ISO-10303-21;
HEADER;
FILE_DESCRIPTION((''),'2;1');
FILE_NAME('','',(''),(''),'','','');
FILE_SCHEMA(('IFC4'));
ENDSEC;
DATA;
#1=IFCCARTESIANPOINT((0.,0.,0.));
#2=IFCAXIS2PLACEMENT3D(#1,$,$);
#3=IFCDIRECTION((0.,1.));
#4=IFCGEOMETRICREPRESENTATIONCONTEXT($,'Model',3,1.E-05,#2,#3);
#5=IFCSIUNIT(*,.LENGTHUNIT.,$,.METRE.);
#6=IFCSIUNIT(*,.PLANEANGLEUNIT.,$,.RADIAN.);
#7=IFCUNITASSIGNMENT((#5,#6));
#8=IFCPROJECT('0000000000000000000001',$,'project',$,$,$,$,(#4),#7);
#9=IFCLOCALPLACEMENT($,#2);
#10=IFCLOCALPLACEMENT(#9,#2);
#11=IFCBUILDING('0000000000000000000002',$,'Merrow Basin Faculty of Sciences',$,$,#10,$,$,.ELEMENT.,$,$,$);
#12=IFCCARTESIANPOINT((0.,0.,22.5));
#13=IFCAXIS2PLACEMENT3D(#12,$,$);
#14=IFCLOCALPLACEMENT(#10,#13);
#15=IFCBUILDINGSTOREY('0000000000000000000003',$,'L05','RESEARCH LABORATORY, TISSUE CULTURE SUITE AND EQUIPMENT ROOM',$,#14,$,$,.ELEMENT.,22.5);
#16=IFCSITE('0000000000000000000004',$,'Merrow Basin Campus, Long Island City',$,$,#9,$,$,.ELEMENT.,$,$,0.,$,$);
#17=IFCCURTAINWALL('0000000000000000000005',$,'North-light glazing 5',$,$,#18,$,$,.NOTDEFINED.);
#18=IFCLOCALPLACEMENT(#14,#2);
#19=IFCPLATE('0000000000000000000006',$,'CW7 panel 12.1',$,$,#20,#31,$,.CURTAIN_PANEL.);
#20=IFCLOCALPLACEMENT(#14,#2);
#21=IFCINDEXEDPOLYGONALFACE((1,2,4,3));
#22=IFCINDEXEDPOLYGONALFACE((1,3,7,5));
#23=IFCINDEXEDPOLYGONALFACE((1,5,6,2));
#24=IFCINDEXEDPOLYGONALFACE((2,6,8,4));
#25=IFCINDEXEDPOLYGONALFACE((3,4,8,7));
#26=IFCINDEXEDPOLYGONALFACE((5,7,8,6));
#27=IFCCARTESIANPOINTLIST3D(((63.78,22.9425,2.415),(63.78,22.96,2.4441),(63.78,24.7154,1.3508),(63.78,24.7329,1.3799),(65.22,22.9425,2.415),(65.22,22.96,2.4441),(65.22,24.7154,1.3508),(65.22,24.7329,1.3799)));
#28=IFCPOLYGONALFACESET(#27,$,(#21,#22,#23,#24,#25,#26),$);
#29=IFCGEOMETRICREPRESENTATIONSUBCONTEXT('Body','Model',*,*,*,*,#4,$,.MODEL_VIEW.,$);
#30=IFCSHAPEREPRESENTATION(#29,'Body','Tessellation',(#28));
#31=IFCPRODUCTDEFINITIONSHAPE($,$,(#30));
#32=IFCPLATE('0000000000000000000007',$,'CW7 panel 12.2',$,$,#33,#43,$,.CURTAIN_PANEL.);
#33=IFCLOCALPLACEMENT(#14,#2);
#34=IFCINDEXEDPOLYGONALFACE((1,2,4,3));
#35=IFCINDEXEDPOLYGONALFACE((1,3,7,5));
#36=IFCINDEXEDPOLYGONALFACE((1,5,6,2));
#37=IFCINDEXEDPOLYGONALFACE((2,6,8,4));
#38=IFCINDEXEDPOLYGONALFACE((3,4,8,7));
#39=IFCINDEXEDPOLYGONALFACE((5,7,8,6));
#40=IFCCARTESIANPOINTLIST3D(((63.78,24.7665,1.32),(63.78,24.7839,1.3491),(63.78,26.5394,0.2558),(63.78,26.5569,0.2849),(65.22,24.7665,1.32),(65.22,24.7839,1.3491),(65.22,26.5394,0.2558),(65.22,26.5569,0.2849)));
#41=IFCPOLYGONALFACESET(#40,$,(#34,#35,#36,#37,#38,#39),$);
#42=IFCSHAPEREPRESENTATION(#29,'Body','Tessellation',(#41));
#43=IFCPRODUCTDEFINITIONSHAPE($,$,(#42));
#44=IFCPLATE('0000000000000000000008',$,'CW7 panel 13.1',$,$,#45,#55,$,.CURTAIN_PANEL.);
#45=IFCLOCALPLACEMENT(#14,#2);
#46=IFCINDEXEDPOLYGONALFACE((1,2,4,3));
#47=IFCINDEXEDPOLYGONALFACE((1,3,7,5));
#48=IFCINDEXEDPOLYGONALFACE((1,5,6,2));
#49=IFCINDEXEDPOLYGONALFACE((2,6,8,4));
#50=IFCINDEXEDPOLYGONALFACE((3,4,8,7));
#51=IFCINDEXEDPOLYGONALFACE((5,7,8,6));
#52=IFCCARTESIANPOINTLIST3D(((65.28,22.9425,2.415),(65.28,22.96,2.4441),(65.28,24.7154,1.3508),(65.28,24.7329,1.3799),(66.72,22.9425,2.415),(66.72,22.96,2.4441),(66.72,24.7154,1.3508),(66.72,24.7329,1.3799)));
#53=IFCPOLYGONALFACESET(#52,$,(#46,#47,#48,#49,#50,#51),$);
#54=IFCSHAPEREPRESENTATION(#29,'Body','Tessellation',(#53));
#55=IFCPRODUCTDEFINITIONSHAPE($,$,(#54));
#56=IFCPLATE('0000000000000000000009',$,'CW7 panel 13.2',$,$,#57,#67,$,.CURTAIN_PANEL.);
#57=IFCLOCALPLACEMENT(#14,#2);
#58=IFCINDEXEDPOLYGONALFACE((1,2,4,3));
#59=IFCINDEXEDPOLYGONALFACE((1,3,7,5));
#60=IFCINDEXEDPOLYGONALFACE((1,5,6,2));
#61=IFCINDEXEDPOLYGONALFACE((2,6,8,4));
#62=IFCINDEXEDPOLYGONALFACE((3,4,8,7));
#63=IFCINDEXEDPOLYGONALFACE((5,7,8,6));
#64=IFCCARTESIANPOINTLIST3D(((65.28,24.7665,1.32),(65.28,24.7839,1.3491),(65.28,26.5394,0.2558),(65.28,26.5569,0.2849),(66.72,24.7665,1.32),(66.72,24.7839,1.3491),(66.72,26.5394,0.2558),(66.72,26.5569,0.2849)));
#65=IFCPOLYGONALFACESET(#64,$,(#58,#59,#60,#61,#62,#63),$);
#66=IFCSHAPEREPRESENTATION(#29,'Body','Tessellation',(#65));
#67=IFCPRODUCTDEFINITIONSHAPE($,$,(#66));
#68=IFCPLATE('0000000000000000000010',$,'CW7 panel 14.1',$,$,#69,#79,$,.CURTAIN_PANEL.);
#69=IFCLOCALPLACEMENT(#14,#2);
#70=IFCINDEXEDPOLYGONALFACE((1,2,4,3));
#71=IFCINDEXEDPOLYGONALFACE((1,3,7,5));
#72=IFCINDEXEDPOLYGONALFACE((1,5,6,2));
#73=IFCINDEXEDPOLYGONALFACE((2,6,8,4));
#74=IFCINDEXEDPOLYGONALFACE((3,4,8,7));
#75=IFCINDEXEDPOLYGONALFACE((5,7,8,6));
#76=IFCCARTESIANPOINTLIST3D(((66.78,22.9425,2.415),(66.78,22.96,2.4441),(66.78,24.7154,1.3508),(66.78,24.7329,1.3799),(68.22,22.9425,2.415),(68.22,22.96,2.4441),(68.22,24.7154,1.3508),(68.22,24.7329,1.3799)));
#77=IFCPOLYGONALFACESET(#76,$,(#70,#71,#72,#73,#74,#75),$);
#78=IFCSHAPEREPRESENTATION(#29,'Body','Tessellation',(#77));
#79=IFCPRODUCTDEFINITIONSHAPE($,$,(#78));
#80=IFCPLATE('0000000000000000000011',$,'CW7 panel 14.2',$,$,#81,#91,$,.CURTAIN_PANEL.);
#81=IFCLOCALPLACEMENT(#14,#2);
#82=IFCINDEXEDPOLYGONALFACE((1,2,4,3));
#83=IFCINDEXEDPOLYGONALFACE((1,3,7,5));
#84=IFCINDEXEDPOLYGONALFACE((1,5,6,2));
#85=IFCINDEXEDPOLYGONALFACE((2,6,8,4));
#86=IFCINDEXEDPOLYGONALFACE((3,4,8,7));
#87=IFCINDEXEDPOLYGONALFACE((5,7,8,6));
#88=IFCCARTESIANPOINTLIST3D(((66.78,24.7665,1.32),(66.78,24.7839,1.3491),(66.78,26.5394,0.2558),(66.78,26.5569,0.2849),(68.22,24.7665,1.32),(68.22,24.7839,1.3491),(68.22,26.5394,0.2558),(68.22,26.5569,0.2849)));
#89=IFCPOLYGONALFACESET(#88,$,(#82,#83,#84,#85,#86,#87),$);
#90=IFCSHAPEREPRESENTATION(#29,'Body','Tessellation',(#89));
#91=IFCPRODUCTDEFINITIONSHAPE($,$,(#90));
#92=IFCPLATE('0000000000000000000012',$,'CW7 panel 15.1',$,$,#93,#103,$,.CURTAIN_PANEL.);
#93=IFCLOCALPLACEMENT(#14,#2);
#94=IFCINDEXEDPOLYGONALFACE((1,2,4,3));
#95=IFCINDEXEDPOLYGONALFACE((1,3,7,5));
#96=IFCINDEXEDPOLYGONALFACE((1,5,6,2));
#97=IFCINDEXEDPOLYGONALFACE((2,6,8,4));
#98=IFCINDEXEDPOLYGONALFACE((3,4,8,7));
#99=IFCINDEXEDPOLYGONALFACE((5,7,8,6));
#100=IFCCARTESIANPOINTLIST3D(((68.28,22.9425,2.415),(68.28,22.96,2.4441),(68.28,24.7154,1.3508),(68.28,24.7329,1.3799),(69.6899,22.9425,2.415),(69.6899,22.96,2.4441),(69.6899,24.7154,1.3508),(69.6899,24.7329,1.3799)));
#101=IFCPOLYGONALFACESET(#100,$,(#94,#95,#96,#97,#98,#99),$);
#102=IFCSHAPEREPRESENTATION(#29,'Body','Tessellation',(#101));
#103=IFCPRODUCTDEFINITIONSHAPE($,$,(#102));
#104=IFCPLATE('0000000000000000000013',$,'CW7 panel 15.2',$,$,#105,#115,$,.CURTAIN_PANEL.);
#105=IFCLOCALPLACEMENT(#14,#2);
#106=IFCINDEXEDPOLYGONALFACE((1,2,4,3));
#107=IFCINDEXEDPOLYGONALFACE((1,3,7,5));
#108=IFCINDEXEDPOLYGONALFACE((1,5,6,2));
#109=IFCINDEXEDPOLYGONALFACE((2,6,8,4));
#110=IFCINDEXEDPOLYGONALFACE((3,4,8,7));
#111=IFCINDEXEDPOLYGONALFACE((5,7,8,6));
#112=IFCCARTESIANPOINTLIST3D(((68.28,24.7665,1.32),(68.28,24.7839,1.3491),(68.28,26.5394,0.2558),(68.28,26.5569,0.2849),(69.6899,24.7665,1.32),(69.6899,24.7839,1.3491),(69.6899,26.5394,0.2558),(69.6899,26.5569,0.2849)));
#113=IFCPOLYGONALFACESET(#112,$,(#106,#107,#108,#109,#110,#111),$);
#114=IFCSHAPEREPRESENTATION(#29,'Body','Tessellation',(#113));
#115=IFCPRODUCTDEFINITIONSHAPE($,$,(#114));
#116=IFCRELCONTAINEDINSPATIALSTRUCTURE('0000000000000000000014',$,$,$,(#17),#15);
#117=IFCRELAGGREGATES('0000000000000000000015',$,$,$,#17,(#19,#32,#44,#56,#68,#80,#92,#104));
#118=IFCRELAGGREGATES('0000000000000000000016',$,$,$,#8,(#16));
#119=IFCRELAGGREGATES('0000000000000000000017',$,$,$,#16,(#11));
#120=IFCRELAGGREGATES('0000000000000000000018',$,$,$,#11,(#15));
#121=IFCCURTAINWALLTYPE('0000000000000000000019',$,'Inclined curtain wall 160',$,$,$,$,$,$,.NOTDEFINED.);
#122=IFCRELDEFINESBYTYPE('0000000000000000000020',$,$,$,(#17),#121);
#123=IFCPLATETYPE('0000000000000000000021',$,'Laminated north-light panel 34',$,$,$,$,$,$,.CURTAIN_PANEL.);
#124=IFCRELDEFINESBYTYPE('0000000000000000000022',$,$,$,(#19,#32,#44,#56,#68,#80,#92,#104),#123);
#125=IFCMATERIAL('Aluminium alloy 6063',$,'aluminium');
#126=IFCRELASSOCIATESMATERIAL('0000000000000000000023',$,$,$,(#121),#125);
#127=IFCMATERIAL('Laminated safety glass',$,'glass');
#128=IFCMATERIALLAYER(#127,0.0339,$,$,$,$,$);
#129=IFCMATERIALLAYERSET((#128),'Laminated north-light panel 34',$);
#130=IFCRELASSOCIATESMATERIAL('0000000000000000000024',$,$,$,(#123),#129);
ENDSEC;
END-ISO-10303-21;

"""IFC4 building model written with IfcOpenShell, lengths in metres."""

from ifc_helpers import new_model, si_unit, direction, frame, origin, place, context, subcontext, project, spatial, polyline, outline, extrude, material, layer, layer_set, type_object, element, aggregate, save


model = new_model("IFC4")

# Units and contexts
model_context = context("Model", 3, precision=1e-05, world=origin(), true_north=direction((0.0, 1.0)))
body_context = subcontext(model_context, "Body", "Model", "MODEL_VIEW")
ifc_project = project(units=[si_unit("LENGTHUNIT", "METRE"), si_unit("PLANEANGLEUNIT", "RADIAN")], contexts=[model_context])

# Site, building, storey
site_placement = place(None, origin())
site = spatial("IfcSite", under=ifc_project, at=site_placement, Name="Merrow Basin Campus, Long Island City", CompositionType="ELEMENT", RefElevation=0.0)
building_placement = place(site_placement, origin())
building = spatial("IfcBuilding", under=site, at=building_placement, Name="Merrow Basin Faculty of Sciences", CompositionType="ELEMENT")
storey_placement = place(building_placement, frame((0.0, 0.0, 22.5)))
storey = spatial("IfcBuildingStorey", under=building, at=storey_placement, Name="L05", Description="RESEARCH LABORATORY, TISSUE CULTURE SUITE AND EQUIPMENT ROOM", CompositionType="ELEMENT", Elevation=22.5)

# Shared definitions
ifc_material_1 = material(Name="Aluminium alloy 6063", Category="aluminium")
curtain_wall_type = type_object("IfcCurtainWallType", Name="Inclined curtain wall 160", PredefinedType="NOTDEFINED", material=ifc_material_1)

# Curtain wall, plates
curtain_wall_1_placement = place(storey_placement, origin())
curtain_wall_1 = element("IfcCurtainWall", 1, at=curtain_wall_1_placement, inside=storey, type_object=curtain_wall_type, Name="North-light glazing 5", PredefinedType="NOTDEFINED")
ifc_material_2 = material(Name="Laminated safety glass", Category="glass")
ifc_layer = layer(ifc_material_2, 0.0339)
ifc_layer_set = layer_set([ifc_layer], Name="Laminated north-light panel 34")
plate_type = type_object("IfcPlateType", Name="Laminated north-light panel 34", PredefinedType="CURTAIN_PANEL", material=ifc_layer_set)
plate_1_placement = place(storey_placement, frame((63.78, 22.96, 2.4441), z_axis=(0.0, 0.514652, 0.857399), x_axis=(1.0, 0.0, 0.0)))
plate_1 = element("IfcPlate", 2, at=plate_1_placement, type_object=plate_type, Name="CW7 panel 12.1", PredefinedType="CURTAIN_PANEL", context=body_context, shape_type="SweptSolid", body=[
    extrude(outline(polyline([(0.0, 0.0), (1.4399, 0.0), (1.4399, 2.0678), (0.0, 2.0678), (0.0, 0.0)])), origin(), (0.0, 0.0, -1.0), 0.0339),
])
plate_2_placement = place(storey_placement, frame((63.78, 24.7839, 1.3491), z_axis=(0.0, 0.514652, 0.857399), x_axis=(1.0, 0.0, 0.0)))
plate_2 = element("IfcPlate", 3, at=plate_2_placement, type_object=plate_type, Name="CW7 panel 12.2", PredefinedType="CURTAIN_PANEL", context=body_context, shape_type="SweptSolid", body=[
    extrude(outline(polyline([(0.0, 0.0), (1.4399, 0.0), (1.4399, 2.0678), (0.0, 2.0678), (0.0, 0.0)])), origin(), (0.0, 0.0, -1.0), 0.0339),
])
plate_3_placement = place(storey_placement, frame((65.28, 22.96, 2.4441), z_axis=(0.0, 0.514652, 0.857399), x_axis=(1.0, 0.0, 0.0)))
plate_3 = element("IfcPlate", 4, at=plate_3_placement, type_object=plate_type, Name="CW7 panel 13.1", PredefinedType="CURTAIN_PANEL", context=body_context, shape_type="SweptSolid", body=[
    extrude(outline(polyline([(0.0, 0.0), (1.4399, 0.0), (1.4399, 2.0678), (0.0, 2.0678), (0.0, 0.0)])), origin(), (0.0, 0.0, -1.0), 0.0339),
])
plate_4_placement = place(storey_placement, frame((65.28, 24.7839, 1.3491), z_axis=(0.0, 0.514652, 0.857399), x_axis=(1.0, 0.0, 0.0)))
plate_4 = element("IfcPlate", 5, at=plate_4_placement, type_object=plate_type, Name="CW7 panel 13.2", PredefinedType="CURTAIN_PANEL", context=body_context, shape_type="SweptSolid", body=[
    extrude(outline(polyline([(0.0, 0.0), (1.4399, 0.0), (1.4399, 2.0678), (0.0, 2.0678), (0.0, 0.0)])), origin(), (0.0, 0.0, -1.0), 0.0339),
])
plate_5_placement = place(storey_placement, frame((66.78, 22.96, 2.4441), z_axis=(0.0, 0.514652, 0.857399), x_axis=(1.0, 0.0, 0.0)))
plate_5 = element("IfcPlate", 6, at=plate_5_placement, type_object=plate_type, Name="CW7 panel 14.1", PredefinedType="CURTAIN_PANEL", context=body_context, shape_type="SweptSolid", body=[
    extrude(outline(polyline([(0.0, 0.0), (1.4399, 0.0), (1.4399, 2.0678), (0.0, 2.0678), (0.0, 0.0)])), origin(), (0.0, 0.0, -1.0), 0.0339),
])
plate_6_placement = place(storey_placement, frame((66.78, 24.7839, 1.3491), z_axis=(0.0, 0.514652, 0.857399), x_axis=(1.0, 0.0, 0.0)))
plate_6 = element("IfcPlate", 7, at=plate_6_placement, type_object=plate_type, Name="CW7 panel 14.2", PredefinedType="CURTAIN_PANEL", context=body_context, shape_type="SweptSolid", body=[
    extrude(outline(polyline([(0.0, 0.0), (1.4399, 0.0), (1.4399, 2.0678), (0.0, 2.0678), (0.0, 0.0)])), origin(), (0.0, 0.0, -1.0), 0.0339),
])
plate_7_placement = place(storey_placement, frame((68.28, 22.96, 2.4441), z_axis=(0.0, 0.514652, 0.857399), x_axis=(1.0, 0.0, 0.0)))
plate_7 = element("IfcPlate", 8, at=plate_7_placement, type_object=plate_type, Name="CW7 panel 15.1", PredefinedType="CURTAIN_PANEL", context=body_context, shape_type="SweptSolid", body=[
    extrude(outline(polyline([(0.0, 0.0), (1.4099, 0.0), (1.4099, 2.0678), (0.0, 2.0678), (0.0, 0.0)])), origin(), (0.0, 0.0, -1.0), 0.0339),
])
plate_8_placement = place(storey_placement, frame((68.28, 24.7839, 1.3491), z_axis=(0.0, 0.514652, 0.857399), x_axis=(1.0, 0.0, 0.0)))
plate_8 = element("IfcPlate", 9, at=plate_8_placement, type_object=plate_type, Name="CW7 panel 15.2", PredefinedType="CURTAIN_PANEL", context=body_context, shape_type="SweptSolid", body=[
    extrude(outline(polyline([(0.0, 0.0), (1.4099, 0.0), (1.4099, 2.0678), (0.0, 2.0678), (0.0, 0.0)])), origin(), (0.0, 0.0, -1.0), 0.0339),
])
aggregate(curtain_wall_1, [plate_1, plate_2, plate_3, plate_4, plate_5, plate_6, plate_7, plate_8])

save(model, "model.ifc")
